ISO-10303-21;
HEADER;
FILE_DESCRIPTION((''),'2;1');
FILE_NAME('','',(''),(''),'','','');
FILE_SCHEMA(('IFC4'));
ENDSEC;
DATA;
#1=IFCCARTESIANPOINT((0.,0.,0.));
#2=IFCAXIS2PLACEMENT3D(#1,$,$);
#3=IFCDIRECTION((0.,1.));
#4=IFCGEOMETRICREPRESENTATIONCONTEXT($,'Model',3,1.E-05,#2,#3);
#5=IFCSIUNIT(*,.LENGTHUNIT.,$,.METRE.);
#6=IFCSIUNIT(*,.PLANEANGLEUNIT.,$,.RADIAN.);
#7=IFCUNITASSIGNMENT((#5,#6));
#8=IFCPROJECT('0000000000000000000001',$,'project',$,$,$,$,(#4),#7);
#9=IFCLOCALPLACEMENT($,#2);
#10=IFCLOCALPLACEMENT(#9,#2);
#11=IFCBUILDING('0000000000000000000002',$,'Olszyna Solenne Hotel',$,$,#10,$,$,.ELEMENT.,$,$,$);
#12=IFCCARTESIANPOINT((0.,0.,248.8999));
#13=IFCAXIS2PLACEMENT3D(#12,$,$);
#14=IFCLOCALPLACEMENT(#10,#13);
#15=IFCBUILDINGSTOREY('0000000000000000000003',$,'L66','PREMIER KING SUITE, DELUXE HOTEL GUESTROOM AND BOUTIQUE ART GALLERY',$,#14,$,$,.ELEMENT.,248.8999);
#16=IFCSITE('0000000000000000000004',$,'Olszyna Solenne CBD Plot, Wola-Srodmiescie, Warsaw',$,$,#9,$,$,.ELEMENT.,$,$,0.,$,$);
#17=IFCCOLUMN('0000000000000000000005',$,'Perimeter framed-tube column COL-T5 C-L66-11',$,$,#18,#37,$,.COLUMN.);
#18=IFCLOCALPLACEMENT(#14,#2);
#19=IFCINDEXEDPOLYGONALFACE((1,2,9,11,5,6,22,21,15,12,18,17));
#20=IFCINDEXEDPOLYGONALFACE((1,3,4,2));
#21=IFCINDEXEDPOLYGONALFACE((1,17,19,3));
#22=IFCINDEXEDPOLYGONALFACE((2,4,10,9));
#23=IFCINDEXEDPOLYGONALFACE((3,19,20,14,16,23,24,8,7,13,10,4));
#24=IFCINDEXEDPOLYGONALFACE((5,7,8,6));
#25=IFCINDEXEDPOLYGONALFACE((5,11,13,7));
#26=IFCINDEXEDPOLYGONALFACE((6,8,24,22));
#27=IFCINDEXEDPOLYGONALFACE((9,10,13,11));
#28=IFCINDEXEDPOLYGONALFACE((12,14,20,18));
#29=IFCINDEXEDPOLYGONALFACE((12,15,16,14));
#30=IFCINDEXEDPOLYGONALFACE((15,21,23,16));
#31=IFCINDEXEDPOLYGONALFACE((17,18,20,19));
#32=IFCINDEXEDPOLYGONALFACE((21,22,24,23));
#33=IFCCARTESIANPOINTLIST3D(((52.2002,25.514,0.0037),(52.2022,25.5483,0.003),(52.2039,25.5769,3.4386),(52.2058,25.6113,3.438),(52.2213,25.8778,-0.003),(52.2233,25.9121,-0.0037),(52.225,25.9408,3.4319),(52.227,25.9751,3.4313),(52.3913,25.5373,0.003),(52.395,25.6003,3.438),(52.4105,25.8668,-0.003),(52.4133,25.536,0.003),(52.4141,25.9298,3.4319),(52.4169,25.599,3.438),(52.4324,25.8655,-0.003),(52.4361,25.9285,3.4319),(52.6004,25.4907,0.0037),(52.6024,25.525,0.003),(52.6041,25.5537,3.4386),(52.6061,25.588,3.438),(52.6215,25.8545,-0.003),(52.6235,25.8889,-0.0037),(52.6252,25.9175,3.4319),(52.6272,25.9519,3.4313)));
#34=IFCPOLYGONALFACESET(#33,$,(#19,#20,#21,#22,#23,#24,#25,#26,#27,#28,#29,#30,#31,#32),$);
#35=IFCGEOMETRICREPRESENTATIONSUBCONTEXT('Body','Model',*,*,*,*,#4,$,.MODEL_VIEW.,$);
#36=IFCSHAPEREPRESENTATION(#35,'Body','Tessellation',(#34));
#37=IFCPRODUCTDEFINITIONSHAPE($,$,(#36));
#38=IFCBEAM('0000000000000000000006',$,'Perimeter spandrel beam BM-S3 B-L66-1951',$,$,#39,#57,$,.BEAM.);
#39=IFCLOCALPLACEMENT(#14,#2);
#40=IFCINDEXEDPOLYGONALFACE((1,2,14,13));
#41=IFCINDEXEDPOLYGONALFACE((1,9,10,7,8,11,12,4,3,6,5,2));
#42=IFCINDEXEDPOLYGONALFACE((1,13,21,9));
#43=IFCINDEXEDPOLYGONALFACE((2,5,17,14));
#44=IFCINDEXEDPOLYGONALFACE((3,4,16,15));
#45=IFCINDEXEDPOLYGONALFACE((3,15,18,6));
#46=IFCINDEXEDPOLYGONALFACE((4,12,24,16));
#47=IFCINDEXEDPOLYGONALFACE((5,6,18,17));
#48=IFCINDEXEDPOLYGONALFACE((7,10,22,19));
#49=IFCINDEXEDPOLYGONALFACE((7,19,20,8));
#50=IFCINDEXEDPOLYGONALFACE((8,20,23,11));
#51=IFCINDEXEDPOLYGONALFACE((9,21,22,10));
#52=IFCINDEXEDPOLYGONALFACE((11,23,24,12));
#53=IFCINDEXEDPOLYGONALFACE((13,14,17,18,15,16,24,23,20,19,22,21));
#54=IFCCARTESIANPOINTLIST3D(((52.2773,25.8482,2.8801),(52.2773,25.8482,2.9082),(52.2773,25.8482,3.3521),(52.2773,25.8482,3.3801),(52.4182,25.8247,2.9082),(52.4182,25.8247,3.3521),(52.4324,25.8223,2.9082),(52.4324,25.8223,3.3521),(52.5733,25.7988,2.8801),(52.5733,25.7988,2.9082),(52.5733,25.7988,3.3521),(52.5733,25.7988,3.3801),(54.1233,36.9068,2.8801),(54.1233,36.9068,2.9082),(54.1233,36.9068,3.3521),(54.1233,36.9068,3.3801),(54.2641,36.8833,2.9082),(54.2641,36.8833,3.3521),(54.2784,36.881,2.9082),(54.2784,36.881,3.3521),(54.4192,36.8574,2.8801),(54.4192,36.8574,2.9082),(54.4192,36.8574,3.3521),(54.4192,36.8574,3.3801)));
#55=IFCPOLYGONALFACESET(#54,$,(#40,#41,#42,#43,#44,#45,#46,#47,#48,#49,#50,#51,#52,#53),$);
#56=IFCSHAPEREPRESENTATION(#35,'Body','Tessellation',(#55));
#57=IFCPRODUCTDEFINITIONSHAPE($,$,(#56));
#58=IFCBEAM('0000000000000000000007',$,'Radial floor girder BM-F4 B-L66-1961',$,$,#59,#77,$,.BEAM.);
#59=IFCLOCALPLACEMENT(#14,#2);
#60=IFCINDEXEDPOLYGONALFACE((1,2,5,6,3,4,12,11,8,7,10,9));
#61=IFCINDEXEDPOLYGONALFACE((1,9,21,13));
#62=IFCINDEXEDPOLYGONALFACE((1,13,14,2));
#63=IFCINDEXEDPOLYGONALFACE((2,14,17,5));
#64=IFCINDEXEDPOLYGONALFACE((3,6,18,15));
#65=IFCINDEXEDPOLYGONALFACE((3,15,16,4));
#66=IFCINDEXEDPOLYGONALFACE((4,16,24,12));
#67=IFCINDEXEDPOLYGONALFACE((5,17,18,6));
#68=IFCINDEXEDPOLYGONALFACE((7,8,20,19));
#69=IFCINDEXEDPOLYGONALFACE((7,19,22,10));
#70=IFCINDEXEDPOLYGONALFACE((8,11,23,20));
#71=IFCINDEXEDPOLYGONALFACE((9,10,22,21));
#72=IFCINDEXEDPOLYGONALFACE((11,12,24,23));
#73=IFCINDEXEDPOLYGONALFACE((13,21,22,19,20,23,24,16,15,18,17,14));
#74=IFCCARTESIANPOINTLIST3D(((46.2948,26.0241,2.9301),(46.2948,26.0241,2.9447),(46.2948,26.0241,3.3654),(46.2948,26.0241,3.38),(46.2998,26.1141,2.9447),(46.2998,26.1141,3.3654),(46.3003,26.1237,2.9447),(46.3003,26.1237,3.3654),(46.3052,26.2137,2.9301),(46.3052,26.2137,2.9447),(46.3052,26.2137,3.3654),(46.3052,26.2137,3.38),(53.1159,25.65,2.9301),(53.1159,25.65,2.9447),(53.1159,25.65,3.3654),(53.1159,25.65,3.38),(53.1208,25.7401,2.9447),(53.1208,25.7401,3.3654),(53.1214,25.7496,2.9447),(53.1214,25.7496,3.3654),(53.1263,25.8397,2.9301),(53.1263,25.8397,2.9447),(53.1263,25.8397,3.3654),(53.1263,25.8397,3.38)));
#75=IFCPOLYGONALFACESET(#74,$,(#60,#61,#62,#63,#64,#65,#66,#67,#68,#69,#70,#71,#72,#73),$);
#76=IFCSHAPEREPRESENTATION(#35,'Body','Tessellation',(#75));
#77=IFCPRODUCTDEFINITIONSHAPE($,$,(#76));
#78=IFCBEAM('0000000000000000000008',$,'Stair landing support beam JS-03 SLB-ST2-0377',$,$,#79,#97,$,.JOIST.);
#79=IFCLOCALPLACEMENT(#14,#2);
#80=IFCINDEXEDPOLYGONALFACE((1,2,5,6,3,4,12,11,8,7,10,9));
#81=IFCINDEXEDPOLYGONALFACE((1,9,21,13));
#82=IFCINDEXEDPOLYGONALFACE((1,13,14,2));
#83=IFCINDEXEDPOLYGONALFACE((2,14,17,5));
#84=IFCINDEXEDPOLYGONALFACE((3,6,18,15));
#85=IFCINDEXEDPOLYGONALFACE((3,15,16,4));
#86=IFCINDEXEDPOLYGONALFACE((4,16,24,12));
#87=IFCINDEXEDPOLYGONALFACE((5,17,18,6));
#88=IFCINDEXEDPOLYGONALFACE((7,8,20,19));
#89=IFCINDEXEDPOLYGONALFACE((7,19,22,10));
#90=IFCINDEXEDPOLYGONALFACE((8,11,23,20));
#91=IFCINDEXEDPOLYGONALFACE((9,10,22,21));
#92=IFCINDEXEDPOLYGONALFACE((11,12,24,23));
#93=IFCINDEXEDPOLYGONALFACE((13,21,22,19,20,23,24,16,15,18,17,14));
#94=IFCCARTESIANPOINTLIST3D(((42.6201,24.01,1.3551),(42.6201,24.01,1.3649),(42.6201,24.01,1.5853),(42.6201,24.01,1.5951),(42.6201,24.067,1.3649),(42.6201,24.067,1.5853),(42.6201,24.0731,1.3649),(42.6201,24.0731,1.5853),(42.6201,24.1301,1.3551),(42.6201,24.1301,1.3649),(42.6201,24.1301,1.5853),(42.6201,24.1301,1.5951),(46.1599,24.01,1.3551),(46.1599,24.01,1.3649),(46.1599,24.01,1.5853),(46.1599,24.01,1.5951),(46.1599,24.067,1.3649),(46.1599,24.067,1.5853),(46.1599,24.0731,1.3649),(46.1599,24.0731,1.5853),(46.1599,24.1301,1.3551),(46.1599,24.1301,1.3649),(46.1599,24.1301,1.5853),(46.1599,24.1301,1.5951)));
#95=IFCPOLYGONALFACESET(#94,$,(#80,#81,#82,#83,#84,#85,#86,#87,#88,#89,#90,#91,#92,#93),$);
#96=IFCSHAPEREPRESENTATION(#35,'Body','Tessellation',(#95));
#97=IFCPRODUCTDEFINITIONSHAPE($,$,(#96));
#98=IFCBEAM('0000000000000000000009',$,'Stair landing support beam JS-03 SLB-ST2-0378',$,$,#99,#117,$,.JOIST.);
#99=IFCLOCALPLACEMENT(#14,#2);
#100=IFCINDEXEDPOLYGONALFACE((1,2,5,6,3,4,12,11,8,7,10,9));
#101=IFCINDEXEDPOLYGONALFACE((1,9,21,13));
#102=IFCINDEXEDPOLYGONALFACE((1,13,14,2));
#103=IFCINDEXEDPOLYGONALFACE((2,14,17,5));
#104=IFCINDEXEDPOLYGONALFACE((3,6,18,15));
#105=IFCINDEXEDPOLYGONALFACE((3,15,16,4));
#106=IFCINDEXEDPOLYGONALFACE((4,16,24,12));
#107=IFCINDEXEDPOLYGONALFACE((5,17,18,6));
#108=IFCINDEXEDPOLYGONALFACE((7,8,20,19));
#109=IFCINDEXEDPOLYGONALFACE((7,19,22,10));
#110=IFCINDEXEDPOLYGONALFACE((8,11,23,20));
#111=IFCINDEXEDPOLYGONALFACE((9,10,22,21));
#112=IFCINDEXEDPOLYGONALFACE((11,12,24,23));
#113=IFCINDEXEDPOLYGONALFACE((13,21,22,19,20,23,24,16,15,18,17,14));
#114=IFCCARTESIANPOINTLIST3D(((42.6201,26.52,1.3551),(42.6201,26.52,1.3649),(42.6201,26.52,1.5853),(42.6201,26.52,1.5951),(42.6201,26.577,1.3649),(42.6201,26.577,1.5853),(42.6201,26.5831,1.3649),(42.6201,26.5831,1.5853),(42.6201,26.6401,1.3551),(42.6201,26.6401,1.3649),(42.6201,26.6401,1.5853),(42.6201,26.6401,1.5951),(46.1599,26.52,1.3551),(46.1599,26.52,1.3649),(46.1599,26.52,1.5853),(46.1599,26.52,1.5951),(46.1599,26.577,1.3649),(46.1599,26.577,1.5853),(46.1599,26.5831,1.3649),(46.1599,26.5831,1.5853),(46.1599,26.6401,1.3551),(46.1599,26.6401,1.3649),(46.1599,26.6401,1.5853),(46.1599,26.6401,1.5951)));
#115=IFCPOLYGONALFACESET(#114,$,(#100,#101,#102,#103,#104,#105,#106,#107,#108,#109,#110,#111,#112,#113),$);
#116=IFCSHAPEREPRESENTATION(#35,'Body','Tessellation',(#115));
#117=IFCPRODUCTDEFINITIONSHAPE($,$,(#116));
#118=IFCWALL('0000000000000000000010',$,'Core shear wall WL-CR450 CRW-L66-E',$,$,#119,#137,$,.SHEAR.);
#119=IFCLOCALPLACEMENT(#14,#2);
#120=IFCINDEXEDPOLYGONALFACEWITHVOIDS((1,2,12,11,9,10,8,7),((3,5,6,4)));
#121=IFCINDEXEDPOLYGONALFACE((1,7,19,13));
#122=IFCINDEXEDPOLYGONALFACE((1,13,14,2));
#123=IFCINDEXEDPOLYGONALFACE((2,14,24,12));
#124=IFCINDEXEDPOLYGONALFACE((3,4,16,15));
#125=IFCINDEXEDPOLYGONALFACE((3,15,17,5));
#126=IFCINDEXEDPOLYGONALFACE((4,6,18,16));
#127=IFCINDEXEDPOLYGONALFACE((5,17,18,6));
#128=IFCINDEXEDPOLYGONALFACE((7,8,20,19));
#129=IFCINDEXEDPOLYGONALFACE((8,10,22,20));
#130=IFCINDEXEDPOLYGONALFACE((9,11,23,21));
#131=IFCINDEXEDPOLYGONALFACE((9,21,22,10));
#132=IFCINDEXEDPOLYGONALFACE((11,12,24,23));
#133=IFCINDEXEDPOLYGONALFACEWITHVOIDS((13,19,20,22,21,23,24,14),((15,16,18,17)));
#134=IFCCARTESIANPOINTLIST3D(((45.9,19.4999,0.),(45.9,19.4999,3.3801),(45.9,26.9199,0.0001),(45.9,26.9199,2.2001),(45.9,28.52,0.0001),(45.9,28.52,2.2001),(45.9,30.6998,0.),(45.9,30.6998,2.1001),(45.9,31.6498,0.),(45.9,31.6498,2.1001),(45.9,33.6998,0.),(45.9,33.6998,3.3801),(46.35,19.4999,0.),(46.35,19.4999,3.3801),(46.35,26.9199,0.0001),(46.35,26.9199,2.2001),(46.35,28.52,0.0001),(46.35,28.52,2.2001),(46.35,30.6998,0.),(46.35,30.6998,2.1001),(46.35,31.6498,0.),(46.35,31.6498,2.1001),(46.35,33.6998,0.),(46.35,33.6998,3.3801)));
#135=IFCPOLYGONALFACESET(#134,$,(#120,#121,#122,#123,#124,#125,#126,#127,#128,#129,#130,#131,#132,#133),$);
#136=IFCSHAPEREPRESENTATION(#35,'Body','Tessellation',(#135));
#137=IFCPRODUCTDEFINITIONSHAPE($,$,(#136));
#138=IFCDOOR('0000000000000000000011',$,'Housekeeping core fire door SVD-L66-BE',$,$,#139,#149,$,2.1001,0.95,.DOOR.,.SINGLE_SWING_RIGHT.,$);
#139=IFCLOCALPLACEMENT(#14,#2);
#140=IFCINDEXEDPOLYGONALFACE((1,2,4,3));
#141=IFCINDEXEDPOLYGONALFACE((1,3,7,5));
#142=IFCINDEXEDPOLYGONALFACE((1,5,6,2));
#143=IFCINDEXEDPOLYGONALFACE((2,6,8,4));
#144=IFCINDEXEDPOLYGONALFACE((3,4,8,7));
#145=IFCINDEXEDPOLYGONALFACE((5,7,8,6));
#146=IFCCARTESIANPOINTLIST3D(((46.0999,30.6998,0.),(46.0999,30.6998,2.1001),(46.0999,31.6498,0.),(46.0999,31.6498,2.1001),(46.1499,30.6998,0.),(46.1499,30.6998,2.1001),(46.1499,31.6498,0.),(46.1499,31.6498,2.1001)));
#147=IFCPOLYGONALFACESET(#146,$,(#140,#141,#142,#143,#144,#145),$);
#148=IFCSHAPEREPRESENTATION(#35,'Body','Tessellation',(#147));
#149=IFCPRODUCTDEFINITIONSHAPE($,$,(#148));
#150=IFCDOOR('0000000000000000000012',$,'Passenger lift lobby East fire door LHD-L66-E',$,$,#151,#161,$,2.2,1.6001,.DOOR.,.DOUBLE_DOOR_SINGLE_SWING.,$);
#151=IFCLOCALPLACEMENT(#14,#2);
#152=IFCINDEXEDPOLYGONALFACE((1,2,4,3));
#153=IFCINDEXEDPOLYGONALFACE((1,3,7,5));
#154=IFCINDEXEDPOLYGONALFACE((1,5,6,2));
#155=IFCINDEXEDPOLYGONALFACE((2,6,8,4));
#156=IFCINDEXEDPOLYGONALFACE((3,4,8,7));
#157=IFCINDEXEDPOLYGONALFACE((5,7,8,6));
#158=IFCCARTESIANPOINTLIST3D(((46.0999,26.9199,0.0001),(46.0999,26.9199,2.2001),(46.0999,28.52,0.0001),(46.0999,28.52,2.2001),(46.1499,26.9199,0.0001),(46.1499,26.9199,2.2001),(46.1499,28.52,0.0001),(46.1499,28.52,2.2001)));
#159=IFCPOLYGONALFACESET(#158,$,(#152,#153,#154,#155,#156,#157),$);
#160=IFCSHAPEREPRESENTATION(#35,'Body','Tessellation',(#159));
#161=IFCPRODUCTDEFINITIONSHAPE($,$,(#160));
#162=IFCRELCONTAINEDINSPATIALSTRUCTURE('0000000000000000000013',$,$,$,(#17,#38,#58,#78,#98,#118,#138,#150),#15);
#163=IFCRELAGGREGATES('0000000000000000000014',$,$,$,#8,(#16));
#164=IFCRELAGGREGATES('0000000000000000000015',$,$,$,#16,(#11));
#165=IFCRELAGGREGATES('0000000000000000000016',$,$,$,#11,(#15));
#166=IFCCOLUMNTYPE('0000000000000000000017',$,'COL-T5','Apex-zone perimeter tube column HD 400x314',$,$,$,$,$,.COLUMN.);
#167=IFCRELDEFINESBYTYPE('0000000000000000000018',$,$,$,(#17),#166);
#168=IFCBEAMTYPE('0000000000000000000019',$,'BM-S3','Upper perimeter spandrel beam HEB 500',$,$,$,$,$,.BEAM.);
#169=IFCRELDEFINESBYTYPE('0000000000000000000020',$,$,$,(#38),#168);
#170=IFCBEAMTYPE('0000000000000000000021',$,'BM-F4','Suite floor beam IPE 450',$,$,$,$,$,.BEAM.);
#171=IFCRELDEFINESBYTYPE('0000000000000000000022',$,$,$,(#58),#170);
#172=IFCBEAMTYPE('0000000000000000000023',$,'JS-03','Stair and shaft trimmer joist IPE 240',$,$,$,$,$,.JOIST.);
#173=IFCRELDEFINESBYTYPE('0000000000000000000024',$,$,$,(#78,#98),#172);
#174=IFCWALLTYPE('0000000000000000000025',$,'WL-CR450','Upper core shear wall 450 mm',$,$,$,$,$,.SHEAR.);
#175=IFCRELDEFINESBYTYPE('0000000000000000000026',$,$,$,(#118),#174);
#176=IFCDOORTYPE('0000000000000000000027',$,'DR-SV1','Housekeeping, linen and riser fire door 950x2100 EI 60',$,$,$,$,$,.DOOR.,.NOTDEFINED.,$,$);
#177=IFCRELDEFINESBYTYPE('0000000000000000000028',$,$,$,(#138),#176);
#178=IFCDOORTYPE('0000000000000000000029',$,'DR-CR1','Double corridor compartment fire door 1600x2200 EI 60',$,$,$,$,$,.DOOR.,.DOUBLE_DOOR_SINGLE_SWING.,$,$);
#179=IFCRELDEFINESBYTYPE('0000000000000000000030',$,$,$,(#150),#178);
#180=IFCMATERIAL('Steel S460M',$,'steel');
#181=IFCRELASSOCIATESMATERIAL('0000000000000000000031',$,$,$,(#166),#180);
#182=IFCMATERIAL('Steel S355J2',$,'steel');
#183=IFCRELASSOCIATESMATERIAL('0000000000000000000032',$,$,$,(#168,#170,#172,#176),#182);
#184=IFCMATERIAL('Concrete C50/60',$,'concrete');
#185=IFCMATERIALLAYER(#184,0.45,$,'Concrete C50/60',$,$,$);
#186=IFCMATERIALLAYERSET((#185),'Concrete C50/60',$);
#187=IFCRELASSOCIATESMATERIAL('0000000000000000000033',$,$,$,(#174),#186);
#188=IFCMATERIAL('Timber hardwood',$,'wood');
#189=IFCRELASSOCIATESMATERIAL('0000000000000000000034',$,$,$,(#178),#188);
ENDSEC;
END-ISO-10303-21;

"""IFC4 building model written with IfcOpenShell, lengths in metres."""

from ifc_helpers import new_model, si_unit, direction, frame, frame_2d, origin, origin_2d, place, context, subcontext, project, spatial, rectangle, i_section, extrude, source, transform, mapped, material, layer, layer_set, material_profile, profile_set, type_object, type_shapes, element, fill, save


model = new_model("IFC4")

# Units and contexts
model_context = context("Model", 3, precision=1e-05, world=origin(), true_north=direction((0.0, 1.0)))
body_context = subcontext(model_context, "Body", "Model", "MODEL_VIEW")
ifc_project = project(units=[si_unit("LENGTHUNIT", "METRE"), si_unit("PLANEANGLEUNIT", "RADIAN")], contexts=[model_context])

# Site, building, storey
site_placement = place(None, origin())
site = spatial("IfcSite", under=ifc_project, at=site_placement, Name="Olszyna Solenne CBD Plot, Wola-Srodmiescie, Warsaw", CompositionType="ELEMENT", RefElevation=0.0)
building_placement = place(site_placement, origin())
building = spatial("IfcBuilding", under=site, at=building_placement, Name="Olszyna Solenne Hotel", CompositionType="ELEMENT")
storey_placement = place(building_placement, frame((0.0, 0.0, 248.8999)))
storey = spatial("IfcBuildingStorey", under=building, at=storey_placement, Name="L66", Description="PREMIER KING SUITE, DELUXE HOTEL GUESTROOM AND BOUTIQUE ART GALLERY", CompositionType="ELEMENT", Elevation=248.8999)

# Column
ifc_material_1 = material(Name="Steel S460M", Category="steel")
ifc_material_profile_1 = material_profile(ifc_material_1, i_section(OverallWidth=0.4009, OverallDepth=0.3989, WebThickness=0.022, FlangeThickness=0.0344, at=origin_2d()), Name="HD 400x314", Category="load-bearing")
ifc_profile_set_1 = profile_set([ifc_material_profile_1], Name="Steel S460M")
column_type = type_object("IfcColumnType", Name="COL-T5", Description="Apex-zone perimeter tube column HD 400x314", PredefinedType="COLUMN", material=ifc_profile_set_1)
shared_shape_1 = source(origin(), body_context, "Body", "SweptSolid", [
    extrude(i_section(OverallWidth=0.4009, OverallDepth=0.3989, WebThickness=0.022, FlangeThickness=0.0344, at=origin_2d()), origin(), (0.0, 0.0, 1.0), 3.4355),
])
column_placement = place(storey_placement, frame((52.4119, 25.7014, 0.0), z_axis=(0.001066, 0.018334, 0.999831), x_axis=(-0.998314, 0.058042, 0.0)))
element("IfcColumn", 1, at=column_placement, inside=storey, type_object=column_type, Name="Perimeter framed-tube column COL-T5 C-L66-11", PredefinedType="COLUMN", context=body_context, shape_type="MappedRepresentation", body=[
    mapped(shared_shape_1, transform((0.0, 0.0, 0.0), x_axis=(1.0, 0.0, 0.0), y_axis=(0.0, 1.0, 0.0), z_axis=(0.0, 0.0, 1.0), scale=1.0)),
])

# Beams
ifc_material_2 = material(Name="Steel S355J2", Category="steel")
ifc_material_profile_2 = material_profile(ifc_material_2, i_section(OverallWidth=0.3, OverallDepth=0.5, WebThickness=0.0144, FlangeThickness=0.0281, at=origin_2d()), Name="HEB 500", Category="load-bearing")
ifc_profile_set_2 = profile_set([ifc_material_profile_2], Name="Steel S355J2")
beam_type_1 = type_object("IfcBeamType", Name="BM-S3", Description="Upper perimeter spandrel beam HEB 500", PredefinedType="BEAM", material=ifc_profile_set_2)
shared_shape_2 = source(origin(), body_context, "Body", "SweptSolid", [
    extrude(i_section(OverallWidth=0.3, OverallDepth=0.5, WebThickness=0.0144, FlangeThickness=0.0281, at=origin_2d()), origin(), (0.0, 0.0, 1.0), 11.2117),
])
beam_1_placement = place(storey_placement, frame((52.4253, 25.8235, 3.1301), z_axis=(0.164646, 0.986353, 0.0), x_axis=(-0.986353, 0.164646, 0.0)))
element("IfcBeam", 2, at=beam_1_placement, inside=storey, type_object=beam_type_1, Name="Perimeter spandrel beam BM-S3 B-L66-1951", PredefinedType="BEAM", context=body_context, shape_type="MappedRepresentation", body=[
    mapped(shared_shape_2, transform((0.0, 0.0, 0.0), x_axis=(1.0, 0.0, 0.0), y_axis=(0.0, 1.0, 0.0), z_axis=(0.0, 0.0, 1.0), scale=1.0)),
])
ifc_material_profile_3 = material_profile(ifc_material_2, i_section(OverallWidth=0.1899, OverallDepth=0.45, WebThickness=0.0095, FlangeThickness=0.0146, at=origin_2d()), Name="IPE 450", Category="load-bearing")
ifc_profile_set_3 = profile_set([ifc_material_profile_3], Name="Steel S355J2")
beam_type_2 = type_object("IfcBeamType", Name="BM-F4", Description="Suite floor beam IPE 450", PredefinedType="BEAM", material=ifc_profile_set_3)
shared_shape_3 = source(origin(), body_context, "Body", "SweptSolid", [
    extrude(i_section(OverallWidth=0.1899, OverallDepth=0.45, WebThickness=0.0095, FlangeThickness=0.0146, at=origin_2d()), origin(), (0.0, 0.0, 1.0), 6.8313),
])
beam_2_placement = place(storey_placement, frame((53.1211, 25.7449, 3.155), z_axis=(-0.9985, 0.054751, 0.0), x_axis=(-0.054751, -0.9985, 0.0)))
element("IfcBeam", 3, at=beam_2_placement, inside=storey, type_object=beam_type_2, Name="Radial floor girder BM-F4 B-L66-1961", PredefinedType="BEAM", context=body_context, shape_type="MappedRepresentation", body=[
    mapped(shared_shape_3, transform((0.0, 0.0, 0.0), x_axis=(1.0, 0.0, 0.0), y_axis=(0.0, 1.0, 0.0), z_axis=(0.0, 0.0, 1.0), scale=1.0)),
])
ifc_material_profile_4 = material_profile(ifc_material_2, i_section(OverallWidth=0.1201, OverallDepth=0.24, WebThickness=0.0061, FlangeThickness=0.0098, at=origin_2d()), Name="IPE 240", Category="load-bearing")
ifc_profile_set_4 = profile_set([ifc_material_profile_4], Name="Steel S355J2")
beam_type_3 = type_object("IfcBeamType", Name="JS-03", Description="Stair and shaft trimmer joist IPE 240", PredefinedType="JOIST", material=ifc_profile_set_4)
shared_shape_4 = source(origin(), body_context, "Body", "SweptSolid", [
    extrude(i_section(OverallWidth=0.1201, OverallDepth=0.24, WebThickness=0.0061, FlangeThickness=0.0098, at=origin_2d()), origin(), (0.0, 0.0, 1.0), 3.5398),
])
for number, where, z_axis, x_axis, name in (
    (4, (46.1599, 24.0701, 1.4751), (-1.0, 0.0, 0.0), (0.0, -1.0, 0.0), "Stair landing support beam JS-03 SLB-ST2-0377"),
    (5, (46.1599, 26.5801, 1.4751), (-1.0, 0.0, 0.0), (0.0, -1.0, 0.0), "Stair landing support beam JS-03 SLB-ST2-0378"),
):
    element("IfcBeam", number, at=place(storey_placement, frame(where, z_axis=z_axis, x_axis=x_axis)), inside=storey, type_object=beam_type_3, Name=name, PredefinedType="JOIST", context=body_context, shape_type="MappedRepresentation", body=[
        mapped(shared_shape_4, transform((0.0, 0.0, 0.0), x_axis=(1.0, 0.0, 0.0), y_axis=(0.0, 1.0, 0.0), z_axis=(0.0, 0.0, 1.0), scale=1.0)),
    ])

# Wall, openings, doors
ifc_material_3 = material(Name="Concrete C50/60", Category="concrete")
ifc_layer_1 = layer(ifc_material_3, 0.45, Name="Concrete C50/60")
ifc_layer_set_1 = layer_set([ifc_layer_1], Name="Concrete C50/60")
wall_type_1 = type_object("IfcWallType", Name="WL-CR450", Description="Upper core shear wall 450 mm", PredefinedType="SHEAR", material=ifc_layer_set_1)
wall_1_placement = place(storey_placement, frame((46.125, 33.7, 0.0), z_axis=(0.0, 0.0, 1.0), x_axis=(0.0, -1.0, 0.0)))
wall_1 = element("IfcWall", 6, at=wall_1_placement, inside=storey, type_object=wall_type_1, Name="Core shear wall WL-CR450 CRW-L66-E", PredefinedType="SHEAR", context=body_context, shape_type="SweptSolid", body=[
    extrude(rectangle(XDim=14.2, YDim=0.45, at=frame_2d((7.1001, 0.0))), origin(), (0.0, 0.0, 1.0), 3.3801),
])
opening_1_placement = place(wall_1_placement, frame((5.1799, 0.0, 0.0)))
opening_1 = element("IfcOpeningElement", 7, at=opening_1_placement, cuts=wall_1, PredefinedType="OPENING", context=body_context, shape_type="SweptSolid", body=[
    extrude(rectangle(XDim=1.6001, YDim=2.2, at=frame_2d((0.8, 1.1001))), frame((0.0, 0.2349, 0.0), z_axis=(0.0, -1.0, 0.0), x_axis=(1.0, 0.0, 0.0)), (0.0, 0.0, 1.0), 0.47),
])
opening_2_placement = place(wall_1_placement, frame((2.05, 0.0, 0.0)))
opening_2 = element("IfcOpeningElement", 8, at=opening_2_placement, cuts=wall_1, PredefinedType="OPENING", context=body_context, shape_type="SweptSolid", body=[
    extrude(rectangle(XDim=0.95, YDim=2.1001, at=frame_2d((0.4751, 1.05))), frame((0.0, 0.2349, 0.0), z_axis=(0.0, -1.0, 0.0), x_axis=(1.0, 0.0, 0.0)), (0.0, 0.0, 1.0), 0.47),
])
door_type_1 = type_object("IfcDoorType", Name="DR-SV1", Description="Housekeeping, linen and riser fire door 950x2100 EI 60", OperationType="NOTDEFINED", PredefinedType="DOOR", material=ifc_material_2)
shared_shape_5 = source(origin(), body_context, "Body", "SweptSolid", [
    extrude(rectangle(XDim=0.95, YDim=2.1001, at=frame_2d((0.4751, 1.05))), frame((0.0, 0.0249, 0.0), z_axis=(0.0, -1.0, 0.0), x_axis=(1.0, 0.0, 0.0)), (0.0, 0.0, 1.0), 0.05),
])
type_shapes(door_type_1, [shared_shape_5])
door_1_placement = place(opening_2_placement, origin())
door_1 = element("IfcDoor", 9, at=door_1_placement, inside=storey, type_object=door_type_1, Name="Housekeeping core fire door SVD-L66-BE", OperationType="SINGLE_SWING_RIGHT", OverallHeight=2.1001, OverallWidth=0.95, PredefinedType="DOOR", context=body_context, shape_type="MappedRepresentation", body=[
    mapped(shared_shape_5, transform((0.0, 0.0, 0.0), x_axis=(1.0, 0.0, 0.0), y_axis=(0.0, 1.0, 0.0), z_axis=(0.0, 0.0, 1.0), scale=1.0)),
])
fill(opening_2, door_1)
ifc_material_4 = material(Name="Timber hardwood", Category="wood")
door_type_2 = type_object("IfcDoorType", Name="DR-CR1", Description="Double corridor compartment fire door 1600x2200 EI 60", OperationType="DOUBLE_DOOR_SINGLE_SWING", PredefinedType="DOOR", material=ifc_material_4)
shared_shape_6 = source(origin(), body_context, "Body", "SweptSolid", [
    extrude(rectangle(XDim=1.6001, YDim=2.2, at=frame_2d((0.8, 1.1001))), frame((0.0, 0.0249, 0.0), z_axis=(0.0, -1.0, 0.0), x_axis=(1.0, 0.0, 0.0)), (0.0, 0.0, 1.0), 0.05),
])
type_shapes(door_type_2, [shared_shape_6])
door_2_placement = place(opening_1_placement, origin())
door_2 = element("IfcDoor", 10, at=door_2_placement, inside=storey, type_object=door_type_2, Name="Passenger lift lobby East fire door LHD-L66-E", OperationType="DOUBLE_DOOR_SINGLE_SWING", OverallHeight=2.2, OverallWidth=1.6001, PredefinedType="DOOR", context=body_context, shape_type="MappedRepresentation", body=[
    mapped(shared_shape_6, transform((0.0, 0.0, 0.0), x_axis=(1.0, 0.0, 0.0), y_axis=(0.0, 1.0, 0.0), z_axis=(0.0, 0.0, 1.0), scale=1.0)),
])
fill(opening_1, door_2)

save(model, "model.ifc")
